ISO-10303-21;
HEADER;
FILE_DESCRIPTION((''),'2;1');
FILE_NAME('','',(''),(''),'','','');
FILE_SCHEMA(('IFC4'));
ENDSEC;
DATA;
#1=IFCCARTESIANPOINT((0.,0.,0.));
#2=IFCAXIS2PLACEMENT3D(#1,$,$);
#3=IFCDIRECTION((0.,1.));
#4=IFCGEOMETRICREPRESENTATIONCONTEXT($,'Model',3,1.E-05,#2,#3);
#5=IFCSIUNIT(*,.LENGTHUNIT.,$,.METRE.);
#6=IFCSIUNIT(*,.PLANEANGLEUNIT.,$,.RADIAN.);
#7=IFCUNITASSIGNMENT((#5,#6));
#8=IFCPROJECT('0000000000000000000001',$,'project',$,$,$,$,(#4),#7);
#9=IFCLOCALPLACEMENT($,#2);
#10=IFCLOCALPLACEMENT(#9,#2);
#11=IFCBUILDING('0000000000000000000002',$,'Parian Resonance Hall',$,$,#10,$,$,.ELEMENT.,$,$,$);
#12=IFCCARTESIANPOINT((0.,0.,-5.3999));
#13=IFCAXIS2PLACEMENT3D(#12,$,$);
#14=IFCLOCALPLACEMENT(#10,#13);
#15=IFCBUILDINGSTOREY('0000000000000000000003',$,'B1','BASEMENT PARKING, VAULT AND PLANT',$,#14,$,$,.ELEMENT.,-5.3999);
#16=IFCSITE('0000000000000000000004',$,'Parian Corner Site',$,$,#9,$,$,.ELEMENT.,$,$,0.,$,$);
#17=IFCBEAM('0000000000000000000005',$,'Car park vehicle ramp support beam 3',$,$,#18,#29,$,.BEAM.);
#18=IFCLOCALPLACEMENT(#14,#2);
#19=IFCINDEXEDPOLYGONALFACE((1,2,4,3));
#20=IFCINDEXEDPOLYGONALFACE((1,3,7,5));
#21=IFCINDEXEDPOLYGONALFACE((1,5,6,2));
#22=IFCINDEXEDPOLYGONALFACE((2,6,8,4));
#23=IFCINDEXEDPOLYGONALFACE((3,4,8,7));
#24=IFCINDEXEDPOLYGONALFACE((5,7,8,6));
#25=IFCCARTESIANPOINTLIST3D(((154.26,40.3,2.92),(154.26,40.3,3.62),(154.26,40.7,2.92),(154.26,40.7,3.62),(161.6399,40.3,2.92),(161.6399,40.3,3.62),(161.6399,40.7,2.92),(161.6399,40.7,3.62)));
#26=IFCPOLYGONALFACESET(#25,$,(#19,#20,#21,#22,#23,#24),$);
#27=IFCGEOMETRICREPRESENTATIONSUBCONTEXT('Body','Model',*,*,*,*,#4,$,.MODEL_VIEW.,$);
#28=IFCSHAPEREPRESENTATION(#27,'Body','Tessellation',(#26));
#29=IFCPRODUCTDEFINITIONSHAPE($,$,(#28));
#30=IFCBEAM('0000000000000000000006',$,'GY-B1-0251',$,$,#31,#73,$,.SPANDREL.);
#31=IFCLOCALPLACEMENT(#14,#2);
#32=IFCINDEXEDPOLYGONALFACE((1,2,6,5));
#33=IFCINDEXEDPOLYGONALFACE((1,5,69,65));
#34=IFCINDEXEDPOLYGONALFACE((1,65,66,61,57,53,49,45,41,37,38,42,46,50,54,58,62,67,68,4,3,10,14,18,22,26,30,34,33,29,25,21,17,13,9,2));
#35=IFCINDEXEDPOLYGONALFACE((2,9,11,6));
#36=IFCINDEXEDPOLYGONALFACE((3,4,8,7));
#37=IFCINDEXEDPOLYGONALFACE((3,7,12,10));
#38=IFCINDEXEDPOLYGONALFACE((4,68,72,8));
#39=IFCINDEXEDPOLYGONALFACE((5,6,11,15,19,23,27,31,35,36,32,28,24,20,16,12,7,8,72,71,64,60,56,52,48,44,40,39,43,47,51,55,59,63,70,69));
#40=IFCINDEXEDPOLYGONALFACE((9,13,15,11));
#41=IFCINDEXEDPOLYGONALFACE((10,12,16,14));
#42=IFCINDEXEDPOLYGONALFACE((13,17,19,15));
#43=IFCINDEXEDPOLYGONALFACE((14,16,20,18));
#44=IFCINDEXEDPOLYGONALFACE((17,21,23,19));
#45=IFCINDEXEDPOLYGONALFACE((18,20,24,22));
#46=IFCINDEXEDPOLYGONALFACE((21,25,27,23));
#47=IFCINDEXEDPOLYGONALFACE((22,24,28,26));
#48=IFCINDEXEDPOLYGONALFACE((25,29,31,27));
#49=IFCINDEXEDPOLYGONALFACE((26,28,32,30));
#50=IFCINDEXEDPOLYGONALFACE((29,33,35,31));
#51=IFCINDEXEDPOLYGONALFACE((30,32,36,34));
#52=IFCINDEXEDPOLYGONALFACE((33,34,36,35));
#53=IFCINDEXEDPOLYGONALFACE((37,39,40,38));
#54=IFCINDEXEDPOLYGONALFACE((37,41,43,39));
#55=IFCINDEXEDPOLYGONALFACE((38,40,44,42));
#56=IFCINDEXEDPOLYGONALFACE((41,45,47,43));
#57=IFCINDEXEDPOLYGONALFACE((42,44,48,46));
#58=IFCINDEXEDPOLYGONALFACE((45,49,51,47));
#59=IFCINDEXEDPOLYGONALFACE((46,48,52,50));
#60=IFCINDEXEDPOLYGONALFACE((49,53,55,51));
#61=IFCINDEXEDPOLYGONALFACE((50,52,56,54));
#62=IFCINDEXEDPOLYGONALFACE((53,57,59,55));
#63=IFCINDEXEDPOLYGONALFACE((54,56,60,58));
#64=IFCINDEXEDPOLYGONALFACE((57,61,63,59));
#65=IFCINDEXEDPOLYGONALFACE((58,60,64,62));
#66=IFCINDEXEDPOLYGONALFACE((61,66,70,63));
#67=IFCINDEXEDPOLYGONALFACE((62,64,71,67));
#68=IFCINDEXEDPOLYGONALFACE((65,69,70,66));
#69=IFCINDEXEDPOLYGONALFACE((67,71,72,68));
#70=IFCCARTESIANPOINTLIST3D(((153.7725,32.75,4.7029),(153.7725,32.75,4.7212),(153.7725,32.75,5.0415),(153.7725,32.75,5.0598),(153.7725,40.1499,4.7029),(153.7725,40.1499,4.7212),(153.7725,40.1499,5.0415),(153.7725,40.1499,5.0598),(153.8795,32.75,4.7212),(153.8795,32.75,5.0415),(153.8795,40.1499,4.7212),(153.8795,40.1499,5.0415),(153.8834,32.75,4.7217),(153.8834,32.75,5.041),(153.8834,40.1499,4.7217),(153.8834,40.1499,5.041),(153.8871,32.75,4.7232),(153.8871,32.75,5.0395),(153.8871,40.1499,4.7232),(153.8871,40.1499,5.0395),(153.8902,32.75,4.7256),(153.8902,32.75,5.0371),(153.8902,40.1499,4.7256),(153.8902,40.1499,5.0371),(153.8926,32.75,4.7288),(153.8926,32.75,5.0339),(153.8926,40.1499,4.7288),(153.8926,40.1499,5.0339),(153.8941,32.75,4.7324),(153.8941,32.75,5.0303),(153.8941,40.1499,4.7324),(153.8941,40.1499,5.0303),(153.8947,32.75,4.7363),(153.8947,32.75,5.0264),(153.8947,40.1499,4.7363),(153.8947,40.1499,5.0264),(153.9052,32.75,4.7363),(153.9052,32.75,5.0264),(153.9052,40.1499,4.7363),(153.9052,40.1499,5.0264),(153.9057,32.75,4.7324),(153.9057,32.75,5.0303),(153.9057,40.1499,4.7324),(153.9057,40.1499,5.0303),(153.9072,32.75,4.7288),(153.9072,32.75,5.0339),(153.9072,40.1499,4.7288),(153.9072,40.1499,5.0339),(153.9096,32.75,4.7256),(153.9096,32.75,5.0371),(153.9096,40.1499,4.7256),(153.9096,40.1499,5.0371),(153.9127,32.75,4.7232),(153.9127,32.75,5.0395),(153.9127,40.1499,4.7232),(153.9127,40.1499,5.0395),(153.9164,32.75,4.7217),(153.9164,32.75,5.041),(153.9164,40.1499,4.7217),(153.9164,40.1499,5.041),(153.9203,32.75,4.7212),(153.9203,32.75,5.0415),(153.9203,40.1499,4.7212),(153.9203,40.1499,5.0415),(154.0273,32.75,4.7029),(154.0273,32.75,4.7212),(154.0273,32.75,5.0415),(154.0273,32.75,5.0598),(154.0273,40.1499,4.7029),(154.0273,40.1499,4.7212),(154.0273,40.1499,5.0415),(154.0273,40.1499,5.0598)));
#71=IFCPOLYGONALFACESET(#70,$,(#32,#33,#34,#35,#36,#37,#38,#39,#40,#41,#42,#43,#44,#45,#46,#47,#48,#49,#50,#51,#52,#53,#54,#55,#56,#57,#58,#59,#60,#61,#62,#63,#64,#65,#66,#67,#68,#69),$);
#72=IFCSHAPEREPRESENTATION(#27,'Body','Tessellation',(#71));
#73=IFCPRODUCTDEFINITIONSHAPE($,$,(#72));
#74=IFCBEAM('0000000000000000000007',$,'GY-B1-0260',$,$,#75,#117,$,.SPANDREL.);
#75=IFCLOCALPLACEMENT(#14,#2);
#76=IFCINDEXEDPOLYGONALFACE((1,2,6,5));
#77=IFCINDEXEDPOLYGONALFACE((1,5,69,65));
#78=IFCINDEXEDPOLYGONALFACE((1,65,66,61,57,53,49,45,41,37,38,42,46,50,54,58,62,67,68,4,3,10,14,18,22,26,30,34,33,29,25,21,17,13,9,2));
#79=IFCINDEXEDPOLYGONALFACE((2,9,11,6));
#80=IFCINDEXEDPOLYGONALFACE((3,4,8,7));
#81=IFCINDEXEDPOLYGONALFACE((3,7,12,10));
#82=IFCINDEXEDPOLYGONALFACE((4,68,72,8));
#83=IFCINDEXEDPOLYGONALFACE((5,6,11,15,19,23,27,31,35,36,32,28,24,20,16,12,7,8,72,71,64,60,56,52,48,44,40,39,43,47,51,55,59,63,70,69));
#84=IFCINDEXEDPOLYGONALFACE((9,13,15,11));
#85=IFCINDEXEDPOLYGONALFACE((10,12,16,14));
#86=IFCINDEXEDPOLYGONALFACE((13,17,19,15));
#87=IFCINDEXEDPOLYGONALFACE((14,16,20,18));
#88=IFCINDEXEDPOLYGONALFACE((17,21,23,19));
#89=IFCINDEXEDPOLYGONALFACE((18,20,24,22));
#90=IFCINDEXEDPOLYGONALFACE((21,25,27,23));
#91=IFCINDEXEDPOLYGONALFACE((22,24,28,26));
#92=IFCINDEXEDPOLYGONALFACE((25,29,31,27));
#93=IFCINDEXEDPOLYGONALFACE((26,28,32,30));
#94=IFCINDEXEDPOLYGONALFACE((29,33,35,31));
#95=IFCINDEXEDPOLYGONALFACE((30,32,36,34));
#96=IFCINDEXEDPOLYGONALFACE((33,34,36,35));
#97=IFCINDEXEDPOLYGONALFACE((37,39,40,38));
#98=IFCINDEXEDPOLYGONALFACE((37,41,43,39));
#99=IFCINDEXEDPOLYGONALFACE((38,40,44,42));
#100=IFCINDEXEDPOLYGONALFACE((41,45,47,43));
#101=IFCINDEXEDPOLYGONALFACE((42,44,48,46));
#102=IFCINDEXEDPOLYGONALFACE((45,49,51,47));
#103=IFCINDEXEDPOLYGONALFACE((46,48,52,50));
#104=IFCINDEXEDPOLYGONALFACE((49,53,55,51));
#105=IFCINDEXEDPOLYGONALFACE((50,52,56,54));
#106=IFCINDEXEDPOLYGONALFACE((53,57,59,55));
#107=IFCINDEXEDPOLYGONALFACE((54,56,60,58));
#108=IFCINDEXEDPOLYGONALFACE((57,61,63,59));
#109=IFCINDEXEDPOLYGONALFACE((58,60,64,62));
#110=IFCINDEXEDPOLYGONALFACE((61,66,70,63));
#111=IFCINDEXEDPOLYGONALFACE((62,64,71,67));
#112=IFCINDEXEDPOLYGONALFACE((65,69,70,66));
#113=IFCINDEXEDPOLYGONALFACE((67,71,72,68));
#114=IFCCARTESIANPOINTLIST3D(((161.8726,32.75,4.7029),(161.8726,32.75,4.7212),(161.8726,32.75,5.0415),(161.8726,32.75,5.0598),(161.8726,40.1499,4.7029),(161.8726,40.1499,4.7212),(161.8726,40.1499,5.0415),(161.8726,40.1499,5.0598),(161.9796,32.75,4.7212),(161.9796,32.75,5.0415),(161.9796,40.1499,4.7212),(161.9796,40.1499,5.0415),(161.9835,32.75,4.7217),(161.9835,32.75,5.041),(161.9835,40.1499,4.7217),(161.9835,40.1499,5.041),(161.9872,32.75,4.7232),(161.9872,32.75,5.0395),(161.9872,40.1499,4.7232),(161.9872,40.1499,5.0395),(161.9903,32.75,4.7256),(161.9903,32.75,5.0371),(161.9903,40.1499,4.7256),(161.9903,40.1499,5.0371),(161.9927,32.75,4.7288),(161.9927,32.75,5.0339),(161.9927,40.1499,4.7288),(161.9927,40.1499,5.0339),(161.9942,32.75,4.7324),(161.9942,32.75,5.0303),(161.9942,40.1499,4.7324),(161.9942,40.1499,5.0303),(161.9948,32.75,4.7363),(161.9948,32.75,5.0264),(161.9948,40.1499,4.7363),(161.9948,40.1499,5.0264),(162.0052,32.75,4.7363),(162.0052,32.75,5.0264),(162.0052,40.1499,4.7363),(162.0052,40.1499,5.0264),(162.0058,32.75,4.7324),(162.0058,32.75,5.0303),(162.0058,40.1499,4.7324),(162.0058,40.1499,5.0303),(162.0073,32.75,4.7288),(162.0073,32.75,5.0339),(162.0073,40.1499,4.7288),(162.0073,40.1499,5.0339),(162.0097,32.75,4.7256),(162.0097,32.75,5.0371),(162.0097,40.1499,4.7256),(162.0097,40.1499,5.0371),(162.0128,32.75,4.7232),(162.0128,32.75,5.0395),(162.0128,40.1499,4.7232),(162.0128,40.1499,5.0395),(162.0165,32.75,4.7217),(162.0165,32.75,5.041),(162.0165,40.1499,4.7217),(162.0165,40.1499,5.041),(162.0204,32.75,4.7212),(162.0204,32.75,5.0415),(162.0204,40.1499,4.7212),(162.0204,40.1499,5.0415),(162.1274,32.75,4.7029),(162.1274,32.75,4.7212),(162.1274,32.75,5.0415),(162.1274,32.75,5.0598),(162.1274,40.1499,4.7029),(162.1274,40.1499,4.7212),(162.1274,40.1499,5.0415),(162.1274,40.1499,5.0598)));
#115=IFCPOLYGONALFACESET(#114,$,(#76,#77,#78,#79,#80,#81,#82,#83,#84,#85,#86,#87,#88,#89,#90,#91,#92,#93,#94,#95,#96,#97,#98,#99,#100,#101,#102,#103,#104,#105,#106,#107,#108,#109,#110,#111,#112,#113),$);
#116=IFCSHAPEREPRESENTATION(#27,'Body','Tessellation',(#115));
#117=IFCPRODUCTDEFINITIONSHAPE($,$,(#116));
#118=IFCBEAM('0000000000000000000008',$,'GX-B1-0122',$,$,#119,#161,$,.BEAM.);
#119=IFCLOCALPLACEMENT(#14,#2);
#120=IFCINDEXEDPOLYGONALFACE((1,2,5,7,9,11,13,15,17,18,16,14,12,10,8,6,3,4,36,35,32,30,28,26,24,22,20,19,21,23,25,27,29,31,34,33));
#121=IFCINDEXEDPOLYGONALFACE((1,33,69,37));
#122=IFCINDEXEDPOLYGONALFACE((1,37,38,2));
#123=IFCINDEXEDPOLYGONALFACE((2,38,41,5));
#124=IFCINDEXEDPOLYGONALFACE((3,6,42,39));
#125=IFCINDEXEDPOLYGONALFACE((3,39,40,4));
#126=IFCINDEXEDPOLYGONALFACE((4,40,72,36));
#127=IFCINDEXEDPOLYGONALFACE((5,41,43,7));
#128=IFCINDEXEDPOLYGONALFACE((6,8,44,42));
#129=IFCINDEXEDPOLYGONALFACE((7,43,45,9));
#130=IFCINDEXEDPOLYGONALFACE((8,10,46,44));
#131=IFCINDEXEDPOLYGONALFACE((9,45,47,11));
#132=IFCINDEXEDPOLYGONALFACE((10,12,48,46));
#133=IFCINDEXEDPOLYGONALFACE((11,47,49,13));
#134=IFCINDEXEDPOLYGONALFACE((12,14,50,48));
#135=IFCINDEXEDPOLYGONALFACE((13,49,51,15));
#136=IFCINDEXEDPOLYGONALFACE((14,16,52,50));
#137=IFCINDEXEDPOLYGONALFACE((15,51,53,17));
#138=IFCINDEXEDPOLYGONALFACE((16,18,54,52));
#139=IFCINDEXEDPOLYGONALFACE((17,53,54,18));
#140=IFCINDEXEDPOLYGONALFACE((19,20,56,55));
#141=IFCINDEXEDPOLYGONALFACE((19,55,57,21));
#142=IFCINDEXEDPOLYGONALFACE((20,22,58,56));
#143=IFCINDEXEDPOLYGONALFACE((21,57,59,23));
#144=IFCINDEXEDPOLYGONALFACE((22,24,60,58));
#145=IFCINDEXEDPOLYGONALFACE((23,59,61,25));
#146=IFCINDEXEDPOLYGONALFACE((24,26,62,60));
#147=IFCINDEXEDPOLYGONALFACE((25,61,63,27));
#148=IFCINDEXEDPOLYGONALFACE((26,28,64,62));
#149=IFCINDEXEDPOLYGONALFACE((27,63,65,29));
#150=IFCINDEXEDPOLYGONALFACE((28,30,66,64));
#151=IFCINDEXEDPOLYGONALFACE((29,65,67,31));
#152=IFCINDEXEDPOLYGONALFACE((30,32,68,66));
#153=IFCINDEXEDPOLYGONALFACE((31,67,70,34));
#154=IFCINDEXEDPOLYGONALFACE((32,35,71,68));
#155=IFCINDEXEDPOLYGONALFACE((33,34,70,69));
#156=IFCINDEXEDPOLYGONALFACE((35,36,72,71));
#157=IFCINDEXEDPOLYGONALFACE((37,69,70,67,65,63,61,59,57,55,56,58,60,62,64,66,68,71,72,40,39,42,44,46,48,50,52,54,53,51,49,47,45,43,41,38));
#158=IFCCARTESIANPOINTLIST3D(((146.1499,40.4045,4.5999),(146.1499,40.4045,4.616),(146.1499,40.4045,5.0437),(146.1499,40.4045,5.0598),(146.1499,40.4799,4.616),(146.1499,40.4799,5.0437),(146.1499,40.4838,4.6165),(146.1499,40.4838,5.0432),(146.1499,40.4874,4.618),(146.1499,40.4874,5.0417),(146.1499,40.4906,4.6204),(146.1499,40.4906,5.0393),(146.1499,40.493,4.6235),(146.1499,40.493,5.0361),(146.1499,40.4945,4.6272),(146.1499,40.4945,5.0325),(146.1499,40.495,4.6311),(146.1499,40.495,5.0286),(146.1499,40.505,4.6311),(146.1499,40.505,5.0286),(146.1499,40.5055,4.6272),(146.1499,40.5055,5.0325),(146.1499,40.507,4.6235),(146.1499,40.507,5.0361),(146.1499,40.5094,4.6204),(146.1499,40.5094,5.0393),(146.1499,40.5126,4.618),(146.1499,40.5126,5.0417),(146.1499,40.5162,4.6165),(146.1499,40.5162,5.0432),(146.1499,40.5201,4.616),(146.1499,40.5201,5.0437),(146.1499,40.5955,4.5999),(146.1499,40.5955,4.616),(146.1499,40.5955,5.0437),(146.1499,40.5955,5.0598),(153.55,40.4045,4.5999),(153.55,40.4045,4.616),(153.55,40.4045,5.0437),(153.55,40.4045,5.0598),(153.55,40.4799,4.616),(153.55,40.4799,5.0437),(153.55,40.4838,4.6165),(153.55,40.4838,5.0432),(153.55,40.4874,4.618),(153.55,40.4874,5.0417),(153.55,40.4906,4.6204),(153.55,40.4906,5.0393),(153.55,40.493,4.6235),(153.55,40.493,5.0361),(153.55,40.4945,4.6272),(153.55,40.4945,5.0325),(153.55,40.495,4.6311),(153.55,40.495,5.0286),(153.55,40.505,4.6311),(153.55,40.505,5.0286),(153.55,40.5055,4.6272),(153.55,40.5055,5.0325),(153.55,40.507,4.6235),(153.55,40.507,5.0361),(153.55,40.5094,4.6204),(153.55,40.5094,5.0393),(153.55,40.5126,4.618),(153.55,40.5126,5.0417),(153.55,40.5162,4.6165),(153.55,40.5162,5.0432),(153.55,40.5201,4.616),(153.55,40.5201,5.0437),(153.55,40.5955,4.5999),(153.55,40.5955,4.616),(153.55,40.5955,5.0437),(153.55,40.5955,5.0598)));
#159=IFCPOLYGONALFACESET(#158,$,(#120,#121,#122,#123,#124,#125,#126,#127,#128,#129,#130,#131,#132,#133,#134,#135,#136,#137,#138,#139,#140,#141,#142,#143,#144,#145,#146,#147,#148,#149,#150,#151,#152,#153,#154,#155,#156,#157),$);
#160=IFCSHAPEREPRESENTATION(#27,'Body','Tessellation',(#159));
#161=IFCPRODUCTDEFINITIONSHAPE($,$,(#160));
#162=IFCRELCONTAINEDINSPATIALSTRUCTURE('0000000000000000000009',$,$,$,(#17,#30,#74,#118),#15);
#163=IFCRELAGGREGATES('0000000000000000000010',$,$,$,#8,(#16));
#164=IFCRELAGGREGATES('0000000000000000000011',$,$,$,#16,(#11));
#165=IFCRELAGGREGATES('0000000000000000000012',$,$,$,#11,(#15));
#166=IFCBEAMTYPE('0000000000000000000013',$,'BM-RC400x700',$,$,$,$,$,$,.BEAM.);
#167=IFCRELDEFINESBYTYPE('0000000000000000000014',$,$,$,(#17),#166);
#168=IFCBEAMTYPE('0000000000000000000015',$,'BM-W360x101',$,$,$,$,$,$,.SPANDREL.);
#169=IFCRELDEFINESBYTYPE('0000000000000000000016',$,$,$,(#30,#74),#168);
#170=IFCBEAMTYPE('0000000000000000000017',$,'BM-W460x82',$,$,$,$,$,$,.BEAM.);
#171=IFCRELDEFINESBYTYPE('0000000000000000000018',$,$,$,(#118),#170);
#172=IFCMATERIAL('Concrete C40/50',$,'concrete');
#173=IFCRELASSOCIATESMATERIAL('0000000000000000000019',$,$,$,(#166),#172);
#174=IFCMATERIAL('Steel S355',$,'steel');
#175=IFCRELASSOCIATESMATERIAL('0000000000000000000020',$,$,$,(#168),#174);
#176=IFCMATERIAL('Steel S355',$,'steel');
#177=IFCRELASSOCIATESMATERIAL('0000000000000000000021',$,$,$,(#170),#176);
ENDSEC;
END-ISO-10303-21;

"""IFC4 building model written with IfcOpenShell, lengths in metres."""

from ifc_helpers import new_model, si_unit, direction, frame, origin, origin_2d, place, context, subcontext, project, spatial, rectangle, i_section, extrude, material, material_profile, profile_set, type_object, element, save


model = new_model("IFC4")

# Units and contexts
model_context = context("Model", 3, precision=1e-05, world=origin(), true_north=direction((0.0, 1.0)))
body_context = subcontext(model_context, "Body", "Model", "MODEL_VIEW")
ifc_project = project(units=[si_unit("LENGTHUNIT", "METRE"), si_unit("PLANEANGLEUNIT", "RADIAN")], contexts=[model_context])

# Site, building, storey
site_placement = place(None, origin())
site = spatial("IfcSite", under=ifc_project, at=site_placement, Name="Parian Corner Site", CompositionType="ELEMENT", RefElevation=0.0)
building_placement = place(site_placement, origin())
building = spatial("IfcBuilding", under=site, at=building_placement, Name="Parian Resonance Hall", CompositionType="ELEMENT")
storey_placement = place(building_placement, frame((0.0, 0.0, -5.3999)))
storey = spatial("IfcBuildingStorey", under=building, at=storey_placement, Name="B1", Description="BASEMENT PARKING, VAULT AND PLANT", CompositionType="ELEMENT", Elevation=-5.3999)

# Beams
ifc_material_1 = material(Name="Concrete C40/50", Category="concrete")
ifc_material_profile_1 = material_profile(ifc_material_1, rectangle(XDim=0.3999, YDim=0.7, at=origin_2d()), Name="RC-BM-400x700")
ifc_profile_set_1 = profile_set([ifc_material_profile_1], Name="Concrete C40/50")
beam_type_1 = type_object("IfcBeamType", Name="BM-RC400x700", PredefinedType="BEAM", material=ifc_profile_set_1)
beam_1_placement = place(storey_placement, frame((154.26, 40.5, 3.27), z_axis=(1.0, 0.0, 0.0), x_axis=(0.0, 1.0, 0.0)))
element("IfcBeam", 1, at=beam_1_placement, inside=storey, type_object=beam_type_1, Name="Car park vehicle ramp support beam 3", PredefinedType="BEAM", context=body_context, shape_type="SweptSolid", body=[
    extrude(rectangle(XDim=0.3999, YDim=0.7, at=origin_2d()), origin(), (0.0, 0.0, 1.0), 7.3799),
])
ifc_material_2 = material(Name="Steel S355", Category="steel")
ifc_material_profile_2 = material_profile(ifc_material_2, i_section(OverallWidth=0.2549, OverallDepth=0.3569, WebThickness=0.0105, FlangeThickness=0.0183, FilletRadius=0.0151, at=origin_2d()), Name="W360x101")
ifc_profile_set_2 = profile_set([ifc_material_profile_2], Name="Steel S355")
beam_type_2 = type_object("IfcBeamType", Name="BM-W360x101", PredefinedType="SPANDREL", material=ifc_profile_set_2)
for number, where, z_axis, x_axis, name in (
    (2, (153.8999, 32.75, 4.8813), (0.0, 1.0, 0.0), (-1.0, 0.0, 0.0), "GY-B1-0251"),
    (3, (162.0, 32.75, 4.8813), (0.0, 1.0, 0.0), (-1.0, 0.0, 0.0), "GY-B1-0260"),
):
    element("IfcBeam", number, at=place(storey_placement, frame(where, z_axis=z_axis, x_axis=x_axis)), inside=storey, type_object=beam_type_2, Name=name, PredefinedType="SPANDREL", context=body_context, shape_type="SweptSolid", body=[
        extrude(i_section(OverallWidth=0.2549, OverallDepth=0.3569, WebThickness=0.0105, FlangeThickness=0.0183, FilletRadius=0.0151, at=origin_2d()), origin(), (0.0, 0.0, 1.0), 7.3999),
    ])
ifc_material_3 = material(Name="Steel S355", Category="steel")
ifc_material_profile_3 = material_profile(ifc_material_3, i_section(OverallWidth=0.1909, OverallDepth=0.46, WebThickness=0.01, FlangeThickness=0.0161, FilletRadius=0.0151, at=origin_2d()), Name="W460x82")
ifc_profile_set_3 = profile_set([ifc_material_profile_3], Name="Steel S355")
beam_type_3 = type_object("IfcBeamType", Name="BM-W460x82", PredefinedType="BEAM", material=ifc_profile_set_3)
beam_2_placement = place(storey_placement, frame((146.1499, 40.5, 4.8298), z_axis=(1.0, 0.0, 0.0), x_axis=(0.0, 1.0, 0.0)))
element("IfcBeam", 4, at=beam_2_placement, inside=storey, type_object=beam_type_3, Name="GX-B1-0122", PredefinedType="BEAM", context=body_context, shape_type="SweptSolid", body=[
    extrude(i_section(OverallWidth=0.1909, OverallDepth=0.46, WebThickness=0.01, FlangeThickness=0.0161, FilletRadius=0.0151, at=origin_2d()), origin(), (0.0, 0.0, 1.0), 7.4001),
])

save(model, "model.ifc")
